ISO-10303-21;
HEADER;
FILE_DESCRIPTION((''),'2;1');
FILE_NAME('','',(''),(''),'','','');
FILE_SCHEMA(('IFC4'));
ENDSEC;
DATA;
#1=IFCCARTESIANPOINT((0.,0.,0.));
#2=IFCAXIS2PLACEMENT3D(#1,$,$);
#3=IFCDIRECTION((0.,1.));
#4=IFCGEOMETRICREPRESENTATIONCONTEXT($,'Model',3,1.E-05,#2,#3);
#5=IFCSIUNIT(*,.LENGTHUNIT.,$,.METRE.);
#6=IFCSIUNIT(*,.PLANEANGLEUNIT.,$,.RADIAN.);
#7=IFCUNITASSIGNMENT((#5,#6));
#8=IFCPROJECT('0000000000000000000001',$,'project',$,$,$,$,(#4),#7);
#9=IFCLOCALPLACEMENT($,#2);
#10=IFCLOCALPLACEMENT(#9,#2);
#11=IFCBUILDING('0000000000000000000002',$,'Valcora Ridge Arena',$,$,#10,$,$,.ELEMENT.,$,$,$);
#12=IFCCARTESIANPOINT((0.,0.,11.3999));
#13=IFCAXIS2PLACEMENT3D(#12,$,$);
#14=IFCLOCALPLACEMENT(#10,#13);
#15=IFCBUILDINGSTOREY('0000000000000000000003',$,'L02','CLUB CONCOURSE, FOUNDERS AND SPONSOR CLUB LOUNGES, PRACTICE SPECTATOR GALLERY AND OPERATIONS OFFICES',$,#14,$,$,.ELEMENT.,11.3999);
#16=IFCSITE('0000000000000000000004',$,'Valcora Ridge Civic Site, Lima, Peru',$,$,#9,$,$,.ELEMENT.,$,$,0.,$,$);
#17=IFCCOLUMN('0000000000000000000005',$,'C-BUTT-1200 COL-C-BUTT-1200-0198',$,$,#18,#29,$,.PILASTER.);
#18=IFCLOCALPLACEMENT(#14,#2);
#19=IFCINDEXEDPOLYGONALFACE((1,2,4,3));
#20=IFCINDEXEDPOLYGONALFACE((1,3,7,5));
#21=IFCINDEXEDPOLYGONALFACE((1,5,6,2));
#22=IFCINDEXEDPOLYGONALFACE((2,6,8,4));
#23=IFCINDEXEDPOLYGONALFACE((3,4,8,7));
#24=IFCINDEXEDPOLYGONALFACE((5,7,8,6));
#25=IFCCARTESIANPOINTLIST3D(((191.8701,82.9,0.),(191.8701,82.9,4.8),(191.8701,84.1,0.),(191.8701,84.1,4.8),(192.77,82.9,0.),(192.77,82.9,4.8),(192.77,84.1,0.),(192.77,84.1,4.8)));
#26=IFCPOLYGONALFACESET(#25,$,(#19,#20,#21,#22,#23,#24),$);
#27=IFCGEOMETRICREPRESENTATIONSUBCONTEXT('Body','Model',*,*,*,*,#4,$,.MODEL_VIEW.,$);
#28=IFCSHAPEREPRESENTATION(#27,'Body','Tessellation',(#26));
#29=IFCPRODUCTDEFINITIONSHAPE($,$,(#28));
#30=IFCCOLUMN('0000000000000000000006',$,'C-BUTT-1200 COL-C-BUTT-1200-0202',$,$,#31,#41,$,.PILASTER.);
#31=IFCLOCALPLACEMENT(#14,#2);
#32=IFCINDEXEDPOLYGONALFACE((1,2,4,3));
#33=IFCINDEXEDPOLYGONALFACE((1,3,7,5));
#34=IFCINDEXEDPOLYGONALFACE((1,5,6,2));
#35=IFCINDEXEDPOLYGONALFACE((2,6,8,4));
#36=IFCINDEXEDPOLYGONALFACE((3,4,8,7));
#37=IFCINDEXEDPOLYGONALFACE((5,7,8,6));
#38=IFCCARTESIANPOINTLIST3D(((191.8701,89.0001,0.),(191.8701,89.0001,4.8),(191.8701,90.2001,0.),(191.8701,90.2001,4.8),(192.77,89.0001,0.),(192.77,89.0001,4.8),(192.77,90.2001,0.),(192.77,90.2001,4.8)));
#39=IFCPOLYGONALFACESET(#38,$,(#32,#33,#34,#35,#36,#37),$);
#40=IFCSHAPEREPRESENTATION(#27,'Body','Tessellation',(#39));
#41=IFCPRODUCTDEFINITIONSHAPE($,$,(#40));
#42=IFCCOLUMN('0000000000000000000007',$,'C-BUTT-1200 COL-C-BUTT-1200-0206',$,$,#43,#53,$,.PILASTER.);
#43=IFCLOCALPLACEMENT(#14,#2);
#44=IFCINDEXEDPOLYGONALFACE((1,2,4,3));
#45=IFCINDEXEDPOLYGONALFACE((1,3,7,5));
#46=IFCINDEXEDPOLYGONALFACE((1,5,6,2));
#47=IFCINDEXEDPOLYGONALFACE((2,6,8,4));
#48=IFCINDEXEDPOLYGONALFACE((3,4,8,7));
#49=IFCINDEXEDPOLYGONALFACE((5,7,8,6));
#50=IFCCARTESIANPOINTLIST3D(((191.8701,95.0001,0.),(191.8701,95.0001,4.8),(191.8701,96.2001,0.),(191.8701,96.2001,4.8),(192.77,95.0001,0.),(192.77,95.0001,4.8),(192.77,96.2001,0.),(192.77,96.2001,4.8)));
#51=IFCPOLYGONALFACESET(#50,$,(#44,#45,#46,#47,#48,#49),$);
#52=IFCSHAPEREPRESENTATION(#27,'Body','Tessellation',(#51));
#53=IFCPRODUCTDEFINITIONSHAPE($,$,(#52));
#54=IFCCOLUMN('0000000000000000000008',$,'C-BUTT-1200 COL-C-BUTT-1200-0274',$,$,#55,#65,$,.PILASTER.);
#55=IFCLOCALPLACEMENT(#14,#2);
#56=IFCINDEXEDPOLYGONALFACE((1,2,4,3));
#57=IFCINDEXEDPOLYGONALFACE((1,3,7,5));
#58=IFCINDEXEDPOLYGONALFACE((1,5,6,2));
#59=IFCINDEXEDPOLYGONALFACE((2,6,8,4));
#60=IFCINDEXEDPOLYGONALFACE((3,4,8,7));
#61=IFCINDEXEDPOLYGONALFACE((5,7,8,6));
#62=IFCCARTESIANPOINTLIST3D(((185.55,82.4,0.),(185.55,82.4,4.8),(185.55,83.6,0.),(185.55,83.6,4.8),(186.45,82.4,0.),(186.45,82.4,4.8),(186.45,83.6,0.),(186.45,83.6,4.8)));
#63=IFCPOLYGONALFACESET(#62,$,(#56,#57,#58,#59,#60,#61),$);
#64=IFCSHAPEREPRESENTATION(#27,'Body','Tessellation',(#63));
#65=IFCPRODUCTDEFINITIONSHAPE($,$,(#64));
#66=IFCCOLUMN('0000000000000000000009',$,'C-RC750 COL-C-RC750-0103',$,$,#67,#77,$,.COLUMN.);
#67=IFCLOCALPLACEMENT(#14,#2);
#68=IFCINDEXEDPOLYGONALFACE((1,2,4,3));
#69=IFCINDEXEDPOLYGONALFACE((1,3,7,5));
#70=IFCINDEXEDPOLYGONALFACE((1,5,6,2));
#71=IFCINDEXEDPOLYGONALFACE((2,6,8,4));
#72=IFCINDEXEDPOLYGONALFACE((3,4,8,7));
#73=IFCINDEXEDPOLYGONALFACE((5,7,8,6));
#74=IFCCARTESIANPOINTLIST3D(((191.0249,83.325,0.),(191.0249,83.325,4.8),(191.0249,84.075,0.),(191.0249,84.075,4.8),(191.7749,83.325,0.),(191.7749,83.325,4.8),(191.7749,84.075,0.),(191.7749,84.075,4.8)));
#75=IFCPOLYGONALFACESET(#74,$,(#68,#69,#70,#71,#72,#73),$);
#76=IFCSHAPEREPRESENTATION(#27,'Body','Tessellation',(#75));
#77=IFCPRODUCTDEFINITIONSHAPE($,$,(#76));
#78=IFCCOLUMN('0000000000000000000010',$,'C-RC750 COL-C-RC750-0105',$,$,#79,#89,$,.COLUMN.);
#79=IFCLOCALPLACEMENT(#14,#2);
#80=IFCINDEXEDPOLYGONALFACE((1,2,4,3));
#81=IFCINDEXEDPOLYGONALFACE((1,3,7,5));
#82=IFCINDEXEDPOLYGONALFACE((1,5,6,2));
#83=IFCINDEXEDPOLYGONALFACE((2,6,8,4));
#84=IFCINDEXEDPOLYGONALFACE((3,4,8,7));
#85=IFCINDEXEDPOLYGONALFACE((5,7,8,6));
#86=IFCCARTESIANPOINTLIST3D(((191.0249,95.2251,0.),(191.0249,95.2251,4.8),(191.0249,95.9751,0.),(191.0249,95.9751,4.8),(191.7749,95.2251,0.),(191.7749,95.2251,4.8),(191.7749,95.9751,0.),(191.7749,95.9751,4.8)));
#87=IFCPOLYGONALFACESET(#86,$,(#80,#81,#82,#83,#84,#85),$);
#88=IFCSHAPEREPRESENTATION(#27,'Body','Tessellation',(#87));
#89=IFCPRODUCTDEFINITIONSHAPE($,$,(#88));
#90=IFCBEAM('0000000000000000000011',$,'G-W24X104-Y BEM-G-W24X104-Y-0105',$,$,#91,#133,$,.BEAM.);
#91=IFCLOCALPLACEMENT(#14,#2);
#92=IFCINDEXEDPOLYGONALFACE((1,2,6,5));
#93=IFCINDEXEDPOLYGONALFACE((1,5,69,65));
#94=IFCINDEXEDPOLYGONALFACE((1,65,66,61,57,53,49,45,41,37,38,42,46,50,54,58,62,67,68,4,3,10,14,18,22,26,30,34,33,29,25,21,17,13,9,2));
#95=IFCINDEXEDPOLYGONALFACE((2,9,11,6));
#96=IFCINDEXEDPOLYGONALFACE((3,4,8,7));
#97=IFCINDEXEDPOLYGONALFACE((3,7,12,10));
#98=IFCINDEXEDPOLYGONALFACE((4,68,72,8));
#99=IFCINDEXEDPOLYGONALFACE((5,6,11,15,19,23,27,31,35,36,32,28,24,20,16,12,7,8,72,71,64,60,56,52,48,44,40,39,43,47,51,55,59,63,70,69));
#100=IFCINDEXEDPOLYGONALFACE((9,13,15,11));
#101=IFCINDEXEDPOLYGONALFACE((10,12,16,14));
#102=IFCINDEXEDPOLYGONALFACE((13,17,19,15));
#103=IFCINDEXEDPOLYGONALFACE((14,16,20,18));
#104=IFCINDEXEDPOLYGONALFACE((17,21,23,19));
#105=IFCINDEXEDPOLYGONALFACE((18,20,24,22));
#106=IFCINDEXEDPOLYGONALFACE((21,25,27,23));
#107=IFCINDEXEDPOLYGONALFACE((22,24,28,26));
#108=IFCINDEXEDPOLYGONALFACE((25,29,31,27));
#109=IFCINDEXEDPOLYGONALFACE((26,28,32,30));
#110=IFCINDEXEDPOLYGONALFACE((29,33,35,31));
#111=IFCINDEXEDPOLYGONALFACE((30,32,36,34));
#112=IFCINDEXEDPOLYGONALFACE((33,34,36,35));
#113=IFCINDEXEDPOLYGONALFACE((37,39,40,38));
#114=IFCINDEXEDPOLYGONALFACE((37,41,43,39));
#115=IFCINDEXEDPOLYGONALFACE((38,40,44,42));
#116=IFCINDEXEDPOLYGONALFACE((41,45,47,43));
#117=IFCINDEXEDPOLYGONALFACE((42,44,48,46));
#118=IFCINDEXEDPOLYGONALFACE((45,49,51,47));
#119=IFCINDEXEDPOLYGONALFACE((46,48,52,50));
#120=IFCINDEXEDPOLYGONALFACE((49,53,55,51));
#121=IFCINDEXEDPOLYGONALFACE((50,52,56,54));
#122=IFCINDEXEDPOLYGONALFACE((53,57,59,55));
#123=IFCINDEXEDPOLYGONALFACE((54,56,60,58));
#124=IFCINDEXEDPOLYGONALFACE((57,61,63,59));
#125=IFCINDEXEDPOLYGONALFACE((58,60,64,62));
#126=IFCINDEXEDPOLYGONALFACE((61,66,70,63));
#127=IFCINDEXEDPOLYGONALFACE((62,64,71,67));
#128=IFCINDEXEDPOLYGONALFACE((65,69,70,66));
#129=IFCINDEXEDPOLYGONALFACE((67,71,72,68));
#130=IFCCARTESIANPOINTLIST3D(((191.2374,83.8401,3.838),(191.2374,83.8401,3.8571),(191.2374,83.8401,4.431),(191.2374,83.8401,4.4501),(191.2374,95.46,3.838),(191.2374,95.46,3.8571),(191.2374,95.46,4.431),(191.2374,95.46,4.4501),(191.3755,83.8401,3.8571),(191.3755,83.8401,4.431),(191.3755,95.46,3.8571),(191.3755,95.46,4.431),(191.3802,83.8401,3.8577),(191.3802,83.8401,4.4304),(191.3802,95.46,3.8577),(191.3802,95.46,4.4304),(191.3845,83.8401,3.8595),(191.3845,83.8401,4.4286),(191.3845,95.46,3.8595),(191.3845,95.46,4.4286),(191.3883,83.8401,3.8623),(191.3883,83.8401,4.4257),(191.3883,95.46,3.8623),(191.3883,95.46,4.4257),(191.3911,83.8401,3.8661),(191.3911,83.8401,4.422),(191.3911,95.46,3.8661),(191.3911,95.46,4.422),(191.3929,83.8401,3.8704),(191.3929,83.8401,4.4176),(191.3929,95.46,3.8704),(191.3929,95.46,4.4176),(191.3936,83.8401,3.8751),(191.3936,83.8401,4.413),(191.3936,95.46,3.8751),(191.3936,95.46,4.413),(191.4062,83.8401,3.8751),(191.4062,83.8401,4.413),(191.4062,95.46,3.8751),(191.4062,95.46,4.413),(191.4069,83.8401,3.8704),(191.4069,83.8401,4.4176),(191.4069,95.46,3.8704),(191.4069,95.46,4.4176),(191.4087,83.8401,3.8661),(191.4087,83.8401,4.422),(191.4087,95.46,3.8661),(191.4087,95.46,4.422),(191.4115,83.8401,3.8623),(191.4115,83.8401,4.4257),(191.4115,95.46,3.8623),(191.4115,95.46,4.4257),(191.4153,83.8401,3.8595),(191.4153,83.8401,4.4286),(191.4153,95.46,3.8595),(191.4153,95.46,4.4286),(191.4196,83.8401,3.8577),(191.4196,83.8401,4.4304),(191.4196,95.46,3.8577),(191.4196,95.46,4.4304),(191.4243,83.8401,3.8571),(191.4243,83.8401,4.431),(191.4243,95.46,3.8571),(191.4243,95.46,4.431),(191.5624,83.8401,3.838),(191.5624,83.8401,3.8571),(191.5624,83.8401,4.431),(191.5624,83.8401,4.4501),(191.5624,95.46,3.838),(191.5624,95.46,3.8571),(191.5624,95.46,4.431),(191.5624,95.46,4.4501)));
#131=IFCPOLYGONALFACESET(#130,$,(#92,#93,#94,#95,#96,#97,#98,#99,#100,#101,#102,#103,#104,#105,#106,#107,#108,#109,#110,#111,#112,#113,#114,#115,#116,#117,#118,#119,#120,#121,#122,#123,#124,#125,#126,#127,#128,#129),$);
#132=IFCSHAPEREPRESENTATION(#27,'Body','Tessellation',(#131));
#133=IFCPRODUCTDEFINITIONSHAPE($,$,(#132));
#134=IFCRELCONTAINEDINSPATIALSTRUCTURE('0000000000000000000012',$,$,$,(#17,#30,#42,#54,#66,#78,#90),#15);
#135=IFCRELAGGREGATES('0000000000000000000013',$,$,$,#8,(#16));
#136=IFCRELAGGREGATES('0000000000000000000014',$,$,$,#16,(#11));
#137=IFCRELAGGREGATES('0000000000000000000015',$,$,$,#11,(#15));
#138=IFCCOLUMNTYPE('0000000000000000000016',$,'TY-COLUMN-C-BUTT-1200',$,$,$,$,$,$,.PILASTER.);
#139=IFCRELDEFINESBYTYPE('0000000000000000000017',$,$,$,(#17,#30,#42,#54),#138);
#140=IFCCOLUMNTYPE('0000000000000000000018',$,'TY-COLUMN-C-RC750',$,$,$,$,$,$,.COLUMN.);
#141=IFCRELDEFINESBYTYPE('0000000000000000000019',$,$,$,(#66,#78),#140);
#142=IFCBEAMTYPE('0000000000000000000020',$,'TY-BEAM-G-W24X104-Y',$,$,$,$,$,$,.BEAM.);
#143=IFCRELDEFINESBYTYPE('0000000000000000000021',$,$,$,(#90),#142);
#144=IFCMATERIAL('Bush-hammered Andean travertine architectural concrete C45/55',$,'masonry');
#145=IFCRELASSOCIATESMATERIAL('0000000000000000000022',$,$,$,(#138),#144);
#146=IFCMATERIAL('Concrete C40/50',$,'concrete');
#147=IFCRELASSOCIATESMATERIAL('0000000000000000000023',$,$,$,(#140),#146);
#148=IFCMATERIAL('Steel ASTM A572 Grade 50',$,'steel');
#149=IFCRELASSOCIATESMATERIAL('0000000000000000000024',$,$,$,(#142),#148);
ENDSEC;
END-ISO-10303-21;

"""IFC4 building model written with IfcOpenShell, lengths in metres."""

from ifc_helpers import new_model, si_unit, direction, frame, origin, origin_2d, place, context, subcontext, project, spatial, rectangle, i_section, extrude, material, material_profile, profile_set, type_object, element, save


model = new_model("IFC4")

# Units and contexts
model_context = context("Model", 3, precision=1e-05, world=origin(), true_north=direction((0.0, 1.0)))
body_context = subcontext(model_context, "Body", "Model", "MODEL_VIEW")
ifc_project = project(units=[si_unit("LENGTHUNIT", "METRE"), si_unit("PLANEANGLEUNIT", "RADIAN")], contexts=[model_context])

# Site, building, storey
site_placement = place(None, origin())
site = spatial("IfcSite", under=ifc_project, at=site_placement, Name="Valcora Ridge Civic Site, Lima, Peru", CompositionType="ELEMENT", RefElevation=0.0)
building_placement = place(site_placement, origin())
building = spatial("IfcBuilding", under=site, at=building_placement, Name="Valcora Ridge Arena", CompositionType="ELEMENT")
storey_placement = place(building_placement, frame((0.0, 0.0, 11.3999)))
storey = spatial("IfcBuildingStorey", under=building, at=storey_placement, Name="L02", Description="CLUB CONCOURSE, FOUNDERS AND SPONSOR CLUB LOUNGES, PRACTICE SPECTATOR GALLERY AND OPERATIONS OFFICES", CompositionType="ELEMENT", Elevation=11.3999)

# Columns
ifc_material_1 = material(Name="Bush-hammered Andean travertine architectural concrete C45/55", Category="masonry")
ifc_material_profile_1 = material_profile(ifc_material_1, rectangle(XDim=0.8999, YDim=1.2, at=origin_2d()), Name="RC 900x1200")
ifc_profile_set_1 = profile_set([ifc_material_profile_1], Name="Bush-hammered Andean travertine architectural concrete C45/55")
column_type_1 = type_object("IfcColumnType", Name="TY-COLUMN-C-BUTT-1200", PredefinedType="PILASTER", material=ifc_profile_set_1)
for number, where, z_axis, x_axis, name in (
    (1, (192.3201, 83.5, 0.0), (0.0, 0.0, 1.0), (1.0, 0.0, 0.0), "C-BUTT-1200 COL-C-BUTT-1200-0198"),
    (2, (192.3201, 89.6001, 0.0), (0.0, 0.0, 1.0), (1.0, 0.0, 0.0), "C-BUTT-1200 COL-C-BUTT-1200-0202"),
    (3, (192.3201, 95.6001, 0.0), (0.0, 0.0, 1.0), (1.0, 0.0, 0.0), "C-BUTT-1200 COL-C-BUTT-1200-0206"),
    (4, (186.0, 83.0, 0.0), (0.0, 0.0, 1.0), (1.0, 0.0, 0.0), "C-BUTT-1200 COL-C-BUTT-1200-0274"),
):
    element("IfcColumn", number, at=place(storey_placement, frame(where, z_axis=z_axis, x_axis=x_axis)), inside=storey, type_object=column_type_1, Name=name, PredefinedType="PILASTER", context=body_context, shape_type="SweptSolid", body=[
        extrude(rectangle(XDim=0.8999, YDim=1.2, at=origin_2d()), origin(), (0.0, 0.0, 1.0), 4.8),
    ])
ifc_material_2 = material(Name="Concrete C40/50", Category="concrete")
ifc_material_profile_2 = material_profile(ifc_material_2, rectangle(XDim=0.75, YDim=0.75, at=origin_2d()), Name="RC 750x750")
ifc_profile_set_2 = profile_set([ifc_material_profile_2], Name="Concrete C40/50")
column_type_2 = type_object("IfcColumnType", Name="TY-COLUMN-C-RC750", PredefinedType="COLUMN", material=ifc_profile_set_2)
for number, where, z_axis, x_axis, name in (
    (5, (191.3999, 83.7, 0.0), (0.0, 0.0, 1.0), (1.0, 0.0, 0.0), "C-RC750 COL-C-RC750-0103"),
    (6, (191.3999, 95.6001, 0.0), (0.0, 0.0, 1.0), (1.0, 0.0, 0.0), "C-RC750 COL-C-RC750-0105"),
):
    element("IfcColumn", number, at=place(storey_placement, frame(where, z_axis=z_axis, x_axis=x_axis)), inside=storey, type_object=column_type_2, Name=name, PredefinedType="COLUMN", context=body_context, shape_type="SweptSolid", body=[
        extrude(rectangle(XDim=0.75, YDim=0.75, at=origin_2d()), origin(), (0.0, 0.0, 1.0), 4.8),
    ])

# Beam
ifc_material_3 = material(Name="Steel ASTM A572 Grade 50", Category="steel")
ifc_material_profile_3 = material_profile(ifc_material_3, i_section(OverallWidth=0.325, OverallDepth=0.6121, WebThickness=0.0127, FlangeThickness=0.019, FilletRadius=0.0181, at=origin_2d()), Name="W24X104")
ifc_profile_set_3 = profile_set([ifc_material_profile_3], Name="Steel ASTM A572 Grade 50")
beam_type = type_object("IfcBeamType", Name="TY-BEAM-G-W24X104-Y", PredefinedType="BEAM", material=ifc_profile_set_3)
beam_placement = place(storey_placement, frame((191.3999, 83.8401, 4.144), z_axis=(0.0, 1.0, 0.0), x_axis=(-1.0, 0.0, 0.0)))
element("IfcBeam", 7, at=beam_placement, inside=storey, type_object=beam_type, Name="G-W24X104-Y BEM-G-W24X104-Y-0105", PredefinedType="BEAM", context=body_context, shape_type="SweptSolid", body=[
    extrude(i_section(OverallWidth=0.325, OverallDepth=0.6121, WebThickness=0.0127, FlangeThickness=0.019, FilletRadius=0.0181, at=origin_2d()), origin(), (0.0, 0.0, 1.0), 11.6199),
])

save(model, "model.ifc")
